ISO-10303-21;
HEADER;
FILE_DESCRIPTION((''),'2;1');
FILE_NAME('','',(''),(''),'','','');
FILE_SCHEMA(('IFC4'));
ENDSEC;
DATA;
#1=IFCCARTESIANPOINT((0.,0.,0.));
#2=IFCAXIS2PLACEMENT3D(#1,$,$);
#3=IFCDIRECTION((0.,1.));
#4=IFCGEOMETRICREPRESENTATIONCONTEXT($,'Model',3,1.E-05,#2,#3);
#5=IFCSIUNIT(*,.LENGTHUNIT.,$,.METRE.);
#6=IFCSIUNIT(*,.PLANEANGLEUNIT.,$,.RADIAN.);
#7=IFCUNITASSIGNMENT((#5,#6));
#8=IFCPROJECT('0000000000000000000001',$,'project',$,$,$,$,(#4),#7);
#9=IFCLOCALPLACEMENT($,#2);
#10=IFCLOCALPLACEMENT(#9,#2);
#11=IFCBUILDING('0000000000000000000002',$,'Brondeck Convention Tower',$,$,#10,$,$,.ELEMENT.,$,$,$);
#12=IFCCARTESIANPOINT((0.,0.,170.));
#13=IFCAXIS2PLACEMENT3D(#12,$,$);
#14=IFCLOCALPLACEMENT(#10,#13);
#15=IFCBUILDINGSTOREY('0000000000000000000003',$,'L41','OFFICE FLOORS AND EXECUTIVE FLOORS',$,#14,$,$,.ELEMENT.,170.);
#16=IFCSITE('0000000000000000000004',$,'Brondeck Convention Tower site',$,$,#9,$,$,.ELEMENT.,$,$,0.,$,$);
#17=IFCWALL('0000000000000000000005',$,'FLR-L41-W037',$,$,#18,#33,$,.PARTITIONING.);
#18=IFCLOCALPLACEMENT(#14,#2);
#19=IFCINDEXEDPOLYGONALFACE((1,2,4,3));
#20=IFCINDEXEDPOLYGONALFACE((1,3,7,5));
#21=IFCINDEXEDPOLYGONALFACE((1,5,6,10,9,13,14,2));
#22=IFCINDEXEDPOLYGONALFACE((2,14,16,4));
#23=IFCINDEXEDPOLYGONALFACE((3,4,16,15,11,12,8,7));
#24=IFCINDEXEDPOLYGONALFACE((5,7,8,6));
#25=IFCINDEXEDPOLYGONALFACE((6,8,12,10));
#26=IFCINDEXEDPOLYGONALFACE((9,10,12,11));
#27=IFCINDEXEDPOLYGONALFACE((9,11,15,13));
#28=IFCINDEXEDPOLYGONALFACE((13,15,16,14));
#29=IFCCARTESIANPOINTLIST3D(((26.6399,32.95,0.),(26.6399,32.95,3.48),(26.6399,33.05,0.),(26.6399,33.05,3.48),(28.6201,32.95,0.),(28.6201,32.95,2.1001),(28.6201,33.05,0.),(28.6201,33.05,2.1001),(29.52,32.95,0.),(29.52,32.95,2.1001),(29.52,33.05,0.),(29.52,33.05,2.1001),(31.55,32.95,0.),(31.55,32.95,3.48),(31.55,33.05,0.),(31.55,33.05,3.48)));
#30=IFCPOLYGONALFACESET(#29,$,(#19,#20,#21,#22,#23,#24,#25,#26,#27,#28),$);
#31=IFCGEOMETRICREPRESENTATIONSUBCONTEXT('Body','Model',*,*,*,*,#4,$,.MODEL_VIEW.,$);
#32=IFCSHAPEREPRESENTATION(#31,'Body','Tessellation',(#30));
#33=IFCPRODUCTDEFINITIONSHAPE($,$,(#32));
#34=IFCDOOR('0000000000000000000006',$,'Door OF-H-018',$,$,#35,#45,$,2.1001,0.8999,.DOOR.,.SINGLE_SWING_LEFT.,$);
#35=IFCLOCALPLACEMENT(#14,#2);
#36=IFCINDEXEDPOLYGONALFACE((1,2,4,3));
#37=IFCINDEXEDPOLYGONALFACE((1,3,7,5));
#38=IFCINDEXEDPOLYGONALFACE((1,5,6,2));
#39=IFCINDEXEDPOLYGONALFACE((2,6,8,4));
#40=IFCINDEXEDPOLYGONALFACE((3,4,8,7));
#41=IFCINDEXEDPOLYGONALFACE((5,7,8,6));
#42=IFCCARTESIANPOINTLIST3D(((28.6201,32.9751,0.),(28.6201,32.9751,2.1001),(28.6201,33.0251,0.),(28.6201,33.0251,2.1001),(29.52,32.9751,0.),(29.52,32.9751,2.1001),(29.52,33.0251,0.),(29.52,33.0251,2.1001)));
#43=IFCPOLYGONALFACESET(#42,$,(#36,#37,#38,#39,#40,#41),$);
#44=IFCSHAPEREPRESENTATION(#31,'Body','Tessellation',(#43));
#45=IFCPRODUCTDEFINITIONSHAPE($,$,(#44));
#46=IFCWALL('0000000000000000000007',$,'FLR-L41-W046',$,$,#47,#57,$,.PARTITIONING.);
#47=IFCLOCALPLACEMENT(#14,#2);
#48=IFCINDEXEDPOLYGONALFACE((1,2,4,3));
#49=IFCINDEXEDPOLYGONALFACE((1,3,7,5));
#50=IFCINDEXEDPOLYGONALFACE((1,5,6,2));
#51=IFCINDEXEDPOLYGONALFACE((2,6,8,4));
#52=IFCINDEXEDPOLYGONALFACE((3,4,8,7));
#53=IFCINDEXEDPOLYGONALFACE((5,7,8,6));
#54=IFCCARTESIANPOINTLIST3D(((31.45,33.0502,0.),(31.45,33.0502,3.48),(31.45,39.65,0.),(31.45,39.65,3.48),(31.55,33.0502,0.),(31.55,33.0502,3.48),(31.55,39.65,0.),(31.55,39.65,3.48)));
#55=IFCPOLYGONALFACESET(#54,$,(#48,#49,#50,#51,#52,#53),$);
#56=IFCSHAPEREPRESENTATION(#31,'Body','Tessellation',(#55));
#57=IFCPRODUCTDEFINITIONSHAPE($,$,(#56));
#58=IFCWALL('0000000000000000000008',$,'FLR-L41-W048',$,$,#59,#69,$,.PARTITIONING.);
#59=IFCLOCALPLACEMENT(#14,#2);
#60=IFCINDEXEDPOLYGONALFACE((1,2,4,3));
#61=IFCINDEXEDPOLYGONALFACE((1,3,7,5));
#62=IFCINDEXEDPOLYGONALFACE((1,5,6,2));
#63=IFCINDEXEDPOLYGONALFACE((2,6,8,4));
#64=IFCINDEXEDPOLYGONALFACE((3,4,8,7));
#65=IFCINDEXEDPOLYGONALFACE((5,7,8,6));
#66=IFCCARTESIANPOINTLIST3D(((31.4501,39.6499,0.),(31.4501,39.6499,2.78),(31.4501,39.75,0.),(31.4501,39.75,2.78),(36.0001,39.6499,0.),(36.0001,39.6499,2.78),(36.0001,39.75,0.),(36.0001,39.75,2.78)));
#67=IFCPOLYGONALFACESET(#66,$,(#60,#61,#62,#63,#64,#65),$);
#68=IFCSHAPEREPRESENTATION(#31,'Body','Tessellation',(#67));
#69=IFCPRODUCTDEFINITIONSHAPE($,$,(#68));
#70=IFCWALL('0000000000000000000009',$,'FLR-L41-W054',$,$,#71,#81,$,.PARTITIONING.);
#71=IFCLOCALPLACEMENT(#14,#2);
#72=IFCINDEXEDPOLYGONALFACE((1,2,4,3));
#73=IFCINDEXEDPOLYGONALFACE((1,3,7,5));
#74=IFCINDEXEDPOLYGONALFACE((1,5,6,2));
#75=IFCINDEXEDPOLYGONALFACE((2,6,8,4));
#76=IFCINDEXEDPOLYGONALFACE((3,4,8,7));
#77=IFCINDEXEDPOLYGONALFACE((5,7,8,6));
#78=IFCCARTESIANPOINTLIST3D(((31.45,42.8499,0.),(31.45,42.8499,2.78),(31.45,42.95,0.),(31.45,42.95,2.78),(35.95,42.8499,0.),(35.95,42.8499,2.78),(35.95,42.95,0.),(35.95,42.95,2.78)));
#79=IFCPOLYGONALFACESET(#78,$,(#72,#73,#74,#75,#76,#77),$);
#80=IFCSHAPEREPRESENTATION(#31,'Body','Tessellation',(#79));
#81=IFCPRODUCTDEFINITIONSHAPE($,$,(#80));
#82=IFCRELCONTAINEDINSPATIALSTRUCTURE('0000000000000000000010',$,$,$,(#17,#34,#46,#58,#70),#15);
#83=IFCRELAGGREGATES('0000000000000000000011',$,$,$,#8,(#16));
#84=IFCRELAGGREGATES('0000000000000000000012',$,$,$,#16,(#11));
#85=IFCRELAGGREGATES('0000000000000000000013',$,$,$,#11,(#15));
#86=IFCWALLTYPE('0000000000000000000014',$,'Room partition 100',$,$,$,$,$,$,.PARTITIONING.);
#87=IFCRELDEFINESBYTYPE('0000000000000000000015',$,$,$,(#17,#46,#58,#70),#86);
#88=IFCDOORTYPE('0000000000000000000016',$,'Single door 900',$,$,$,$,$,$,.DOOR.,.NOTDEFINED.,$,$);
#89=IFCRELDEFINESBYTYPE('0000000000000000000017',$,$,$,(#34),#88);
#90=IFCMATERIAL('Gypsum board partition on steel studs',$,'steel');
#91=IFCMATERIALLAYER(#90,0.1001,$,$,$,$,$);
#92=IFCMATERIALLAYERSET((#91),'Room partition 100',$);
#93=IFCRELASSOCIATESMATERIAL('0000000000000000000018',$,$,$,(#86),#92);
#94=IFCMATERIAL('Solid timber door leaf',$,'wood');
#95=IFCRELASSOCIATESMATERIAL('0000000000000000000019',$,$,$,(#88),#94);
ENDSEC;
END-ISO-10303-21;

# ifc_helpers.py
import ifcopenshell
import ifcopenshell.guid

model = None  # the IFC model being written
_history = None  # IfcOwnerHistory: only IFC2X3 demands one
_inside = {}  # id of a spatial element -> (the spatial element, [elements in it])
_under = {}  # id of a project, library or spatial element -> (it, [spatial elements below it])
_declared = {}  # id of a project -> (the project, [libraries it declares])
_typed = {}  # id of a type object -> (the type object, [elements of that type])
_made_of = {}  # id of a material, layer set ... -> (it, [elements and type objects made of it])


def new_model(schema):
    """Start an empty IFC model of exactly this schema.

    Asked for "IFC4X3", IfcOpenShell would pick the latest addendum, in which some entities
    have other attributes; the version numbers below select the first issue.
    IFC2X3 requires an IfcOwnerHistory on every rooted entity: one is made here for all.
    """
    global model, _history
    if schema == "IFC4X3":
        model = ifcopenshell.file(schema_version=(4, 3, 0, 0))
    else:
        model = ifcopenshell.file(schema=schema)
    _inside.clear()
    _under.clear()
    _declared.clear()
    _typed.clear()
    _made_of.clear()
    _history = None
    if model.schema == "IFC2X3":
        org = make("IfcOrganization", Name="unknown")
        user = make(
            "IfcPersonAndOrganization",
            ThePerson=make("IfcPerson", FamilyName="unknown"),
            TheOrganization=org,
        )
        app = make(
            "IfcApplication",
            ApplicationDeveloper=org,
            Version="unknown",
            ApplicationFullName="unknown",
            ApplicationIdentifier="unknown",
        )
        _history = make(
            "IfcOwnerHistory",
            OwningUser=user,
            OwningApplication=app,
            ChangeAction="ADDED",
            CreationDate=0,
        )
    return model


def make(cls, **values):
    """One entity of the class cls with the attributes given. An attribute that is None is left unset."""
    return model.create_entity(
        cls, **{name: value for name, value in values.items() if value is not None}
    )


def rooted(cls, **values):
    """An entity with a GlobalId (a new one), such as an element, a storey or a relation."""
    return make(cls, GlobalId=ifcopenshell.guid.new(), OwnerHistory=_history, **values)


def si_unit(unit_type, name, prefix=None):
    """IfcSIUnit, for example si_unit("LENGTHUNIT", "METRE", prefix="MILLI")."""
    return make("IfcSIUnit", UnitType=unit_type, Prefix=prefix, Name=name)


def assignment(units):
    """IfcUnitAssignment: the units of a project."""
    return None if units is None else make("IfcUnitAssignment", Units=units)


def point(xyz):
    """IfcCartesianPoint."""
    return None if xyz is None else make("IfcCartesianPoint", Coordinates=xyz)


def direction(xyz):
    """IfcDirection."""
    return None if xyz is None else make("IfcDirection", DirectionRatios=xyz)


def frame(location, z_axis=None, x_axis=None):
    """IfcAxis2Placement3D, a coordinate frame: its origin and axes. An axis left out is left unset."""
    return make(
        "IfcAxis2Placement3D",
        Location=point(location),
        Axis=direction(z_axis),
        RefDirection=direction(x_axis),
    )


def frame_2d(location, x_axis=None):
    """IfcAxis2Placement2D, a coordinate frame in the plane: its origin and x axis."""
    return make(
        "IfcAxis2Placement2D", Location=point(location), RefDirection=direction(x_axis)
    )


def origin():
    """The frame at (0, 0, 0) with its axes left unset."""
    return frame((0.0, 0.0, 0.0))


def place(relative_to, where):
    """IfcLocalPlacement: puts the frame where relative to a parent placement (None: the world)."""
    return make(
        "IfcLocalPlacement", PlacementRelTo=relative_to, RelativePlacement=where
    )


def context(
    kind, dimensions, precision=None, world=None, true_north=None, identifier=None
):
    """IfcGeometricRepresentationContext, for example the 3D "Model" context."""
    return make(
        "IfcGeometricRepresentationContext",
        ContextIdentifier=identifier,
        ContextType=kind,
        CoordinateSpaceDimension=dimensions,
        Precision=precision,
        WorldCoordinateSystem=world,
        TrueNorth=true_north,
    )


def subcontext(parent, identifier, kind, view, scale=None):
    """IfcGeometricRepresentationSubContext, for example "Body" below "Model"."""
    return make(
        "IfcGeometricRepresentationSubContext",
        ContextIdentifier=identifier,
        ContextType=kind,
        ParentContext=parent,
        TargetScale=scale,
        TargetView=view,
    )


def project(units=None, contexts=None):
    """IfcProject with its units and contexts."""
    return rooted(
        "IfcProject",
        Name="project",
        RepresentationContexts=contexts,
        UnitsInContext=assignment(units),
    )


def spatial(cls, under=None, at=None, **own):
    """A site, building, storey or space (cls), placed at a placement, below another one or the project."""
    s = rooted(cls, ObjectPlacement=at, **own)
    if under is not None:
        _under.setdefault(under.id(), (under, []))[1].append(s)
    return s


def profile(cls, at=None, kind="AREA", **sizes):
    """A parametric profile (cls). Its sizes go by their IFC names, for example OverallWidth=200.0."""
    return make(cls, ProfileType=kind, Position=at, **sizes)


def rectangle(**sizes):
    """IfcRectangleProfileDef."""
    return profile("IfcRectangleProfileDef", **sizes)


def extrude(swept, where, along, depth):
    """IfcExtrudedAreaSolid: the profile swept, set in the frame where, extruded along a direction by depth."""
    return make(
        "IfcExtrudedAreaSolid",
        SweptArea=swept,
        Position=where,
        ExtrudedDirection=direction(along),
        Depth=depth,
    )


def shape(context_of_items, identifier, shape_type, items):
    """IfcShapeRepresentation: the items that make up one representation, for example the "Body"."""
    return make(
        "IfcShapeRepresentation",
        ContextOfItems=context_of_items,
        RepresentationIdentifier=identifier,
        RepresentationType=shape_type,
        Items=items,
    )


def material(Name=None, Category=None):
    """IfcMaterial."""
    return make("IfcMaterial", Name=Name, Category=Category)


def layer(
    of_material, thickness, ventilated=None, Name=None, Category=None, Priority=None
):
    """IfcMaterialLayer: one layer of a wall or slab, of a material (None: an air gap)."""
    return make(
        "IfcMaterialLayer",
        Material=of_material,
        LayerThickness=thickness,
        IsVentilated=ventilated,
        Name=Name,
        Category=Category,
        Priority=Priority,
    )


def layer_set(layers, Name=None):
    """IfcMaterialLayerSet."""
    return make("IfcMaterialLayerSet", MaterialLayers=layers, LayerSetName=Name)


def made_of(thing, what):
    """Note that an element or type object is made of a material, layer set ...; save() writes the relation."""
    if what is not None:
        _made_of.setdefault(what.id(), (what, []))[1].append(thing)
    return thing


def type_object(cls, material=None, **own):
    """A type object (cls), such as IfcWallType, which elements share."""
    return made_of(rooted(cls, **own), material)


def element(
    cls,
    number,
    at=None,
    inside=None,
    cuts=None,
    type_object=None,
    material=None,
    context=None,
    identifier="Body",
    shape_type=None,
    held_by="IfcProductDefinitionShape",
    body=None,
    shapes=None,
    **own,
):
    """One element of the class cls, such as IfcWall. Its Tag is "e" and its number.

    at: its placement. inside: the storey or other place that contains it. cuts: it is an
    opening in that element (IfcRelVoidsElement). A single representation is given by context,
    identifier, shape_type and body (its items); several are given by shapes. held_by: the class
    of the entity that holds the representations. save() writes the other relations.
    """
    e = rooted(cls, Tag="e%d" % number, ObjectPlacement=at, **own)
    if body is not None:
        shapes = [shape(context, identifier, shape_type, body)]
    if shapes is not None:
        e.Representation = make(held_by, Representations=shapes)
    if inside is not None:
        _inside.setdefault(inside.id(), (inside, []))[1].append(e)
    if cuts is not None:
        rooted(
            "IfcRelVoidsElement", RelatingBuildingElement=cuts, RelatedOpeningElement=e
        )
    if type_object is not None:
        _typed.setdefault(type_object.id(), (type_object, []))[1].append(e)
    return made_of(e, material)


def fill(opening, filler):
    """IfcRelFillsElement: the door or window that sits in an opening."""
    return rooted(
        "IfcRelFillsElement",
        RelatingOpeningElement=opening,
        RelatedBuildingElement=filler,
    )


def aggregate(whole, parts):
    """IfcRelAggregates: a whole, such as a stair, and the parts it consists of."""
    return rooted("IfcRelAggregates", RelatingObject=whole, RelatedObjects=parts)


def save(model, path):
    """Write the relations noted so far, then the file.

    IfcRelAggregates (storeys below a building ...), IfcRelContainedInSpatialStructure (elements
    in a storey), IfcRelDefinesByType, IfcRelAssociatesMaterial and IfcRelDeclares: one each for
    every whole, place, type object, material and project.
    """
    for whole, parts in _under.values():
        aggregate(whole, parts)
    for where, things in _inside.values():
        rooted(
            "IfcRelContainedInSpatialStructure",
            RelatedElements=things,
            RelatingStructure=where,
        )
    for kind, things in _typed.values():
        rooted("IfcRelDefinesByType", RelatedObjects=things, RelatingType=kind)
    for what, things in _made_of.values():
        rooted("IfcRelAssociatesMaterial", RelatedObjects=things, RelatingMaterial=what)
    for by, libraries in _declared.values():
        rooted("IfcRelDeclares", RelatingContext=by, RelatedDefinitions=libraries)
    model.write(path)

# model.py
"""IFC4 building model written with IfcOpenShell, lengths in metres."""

from ifc_helpers import new_model, si_unit, direction, frame, frame_2d, origin, place, context, subcontext, project, spatial, rectangle, extrude, material, layer, layer_set, type_object, element, fill, save


model = new_model("IFC4")

# Units and contexts
model_context = context("Model", 3, precision=1e-05, world=origin(), true_north=direction((0.0, 1.0)))
body_context = subcontext(model_context, "Body", "Model", "MODEL_VIEW")
ifc_project = project(units=[si_unit("LENGTHUNIT", "METRE"), si_unit("PLANEANGLEUNIT", "RADIAN")], contexts=[model_context])

# Site, building, storey
site_placement = place(None, origin())
site = spatial("IfcSite", under=ifc_project, at=site_placement, Name="Brondeck Convention Tower site", CompositionType="ELEMENT", RefElevation=0.0)
building_placement = place(site_placement, origin())
building = spatial("IfcBuilding", under=site, at=building_placement, Name="Brondeck Convention Tower", CompositionType="ELEMENT")
storey_placement = place(building_placement, frame((0.0, 0.0, 170.0)))
storey = spatial("IfcBuildingStorey", under=building, at=storey_placement, Name="L41", Description="OFFICE FLOORS AND EXECUTIVE FLOORS", CompositionType="ELEMENT", Elevation=170.0)

# Shared definitions
ifc_material_1 = material(Name="Gypsum board partition on steel studs", Category="steel")
ifc_layer_1 = layer(ifc_material_1, 0.1001)
ifc_layer_set_1 = layer_set([ifc_layer_1], Name="Room partition 100")
wall_type_1 = type_object("IfcWallType", Name="Room partition 100", PredefinedType="PARTITIONING", material=ifc_layer_set_1)

# Wall, opening, door
ifc_material_2 = material(Name="Solid timber door leaf", Category="wood")
door_type_1 = type_object("IfcDoorType", Name="Single door 900", OperationType="NOTDEFINED", PredefinedType="DOOR", material=ifc_material_2)
wall_1_placement = place(storey_placement, frame((31.55, 33.0, 0.0), z_axis=(0.0, 0.0, 1.0), x_axis=(-1.0, 0.0, 0.0)))
wall_1 = element("IfcWall", 1, at=wall_1_placement, inside=storey, type_object=wall_type_1, Name="FLR-L41-W037", PredefinedType="PARTITIONING", context=body_context, shape_type="SweptSolid", body=[
    extrude(rectangle(XDim=4.9102, YDim=0.1001, at=frame_2d((2.4551, 0.0))), origin(), (0.0, 0.0, 1.0), 3.48),
])
opening_1_placement = place(wall_1_placement, frame((2.03, 0.0, 0.0)))
opening_1 = element("IfcOpeningElement", 2, at=opening_1_placement, cuts=wall_1, PredefinedType="OPENING", context=body_context, shape_type="SweptSolid", body=[
    extrude(rectangle(XDim=0.8999, YDim=2.1001, at=frame_2d((0.45, 1.05))), frame((0.0, 0.0601, 0.0), z_axis=(0.0, -1.0, 0.0), x_axis=(1.0, 0.0, 0.0)), (0.0, 0.0, 1.0), 0.1201),
])
door_1_placement = place(opening_1_placement, origin())
door_1 = element("IfcDoor", 3, at=door_1_placement, inside=storey, type_object=door_type_1, Name="Door OF-H-018", OperationType="SINGLE_SWING_LEFT", OverallHeight=2.1001, OverallWidth=0.8999, PredefinedType="DOOR", context=body_context, shape_type="SweptSolid", body=[
    extrude(rectangle(XDim=0.8999, YDim=2.1001, at=frame_2d((0.45, 1.05))), frame((0.0, 0.0249, 0.0), z_axis=(0.0, -1.0, 0.0), x_axis=(1.0, 0.0, 0.0)), (0.0, 0.0, 1.0), 0.05),
])
fill(opening_1, door_1)

# Walls
wall_2_placement = place(storey_placement, frame((31.5, 39.6499, 0.0), z_axis=(0.0, 0.0, 1.0), x_axis=(0.0, -1.0, 0.0)))
element("IfcWall", 4, at=wall_2_placement, inside=storey, type_object=wall_type_1, Name="FLR-L41-W046", PredefinedType="PARTITIONING", context=body_context, shape_type="SweptSolid", body=[
    extrude(rectangle(XDim=6.5999, YDim=0.1001, at=frame_2d((3.2998, 0.0))), origin(), (0.0, 0.0, 1.0), 3.48),
])
wall_3_placement = place(storey_placement, frame((36.0, 39.7, 0.0), z_axis=(0.0, 0.0, 1.0), x_axis=(-1.0, 0.0, 0.0)))
element("IfcWall", 5, at=wall_3_placement, inside=storey, type_object=wall_type_1, Name="FLR-L41-W048", PredefinedType="PARTITIONING", context=body_context, shape_type="SweptSolid", body=[
    extrude(rectangle(XDim=4.55, YDim=0.1001, at=frame_2d((2.2749, 0.0))), origin(), (0.0, 0.0, 1.0), 2.78),
])
wall_4_placement = place(storey_placement, frame((31.45, 42.8999, 0.0), z_axis=(0.0, 0.0, 1.0), x_axis=(1.0, 0.0, 0.0)))
element("IfcWall", 6, at=wall_4_placement, inside=storey, type_object=wall_type_1, Name="FLR-L41-W054", PredefinedType="PARTITIONING", context=body_context, shape_type="SweptSolid", body=[
    extrude(rectangle(XDim=4.5, YDim=0.1001, at=frame_2d((2.25, 0.0))), origin(), (0.0, 0.0, 1.0), 2.78),
])

save(model, "model.ifc")
